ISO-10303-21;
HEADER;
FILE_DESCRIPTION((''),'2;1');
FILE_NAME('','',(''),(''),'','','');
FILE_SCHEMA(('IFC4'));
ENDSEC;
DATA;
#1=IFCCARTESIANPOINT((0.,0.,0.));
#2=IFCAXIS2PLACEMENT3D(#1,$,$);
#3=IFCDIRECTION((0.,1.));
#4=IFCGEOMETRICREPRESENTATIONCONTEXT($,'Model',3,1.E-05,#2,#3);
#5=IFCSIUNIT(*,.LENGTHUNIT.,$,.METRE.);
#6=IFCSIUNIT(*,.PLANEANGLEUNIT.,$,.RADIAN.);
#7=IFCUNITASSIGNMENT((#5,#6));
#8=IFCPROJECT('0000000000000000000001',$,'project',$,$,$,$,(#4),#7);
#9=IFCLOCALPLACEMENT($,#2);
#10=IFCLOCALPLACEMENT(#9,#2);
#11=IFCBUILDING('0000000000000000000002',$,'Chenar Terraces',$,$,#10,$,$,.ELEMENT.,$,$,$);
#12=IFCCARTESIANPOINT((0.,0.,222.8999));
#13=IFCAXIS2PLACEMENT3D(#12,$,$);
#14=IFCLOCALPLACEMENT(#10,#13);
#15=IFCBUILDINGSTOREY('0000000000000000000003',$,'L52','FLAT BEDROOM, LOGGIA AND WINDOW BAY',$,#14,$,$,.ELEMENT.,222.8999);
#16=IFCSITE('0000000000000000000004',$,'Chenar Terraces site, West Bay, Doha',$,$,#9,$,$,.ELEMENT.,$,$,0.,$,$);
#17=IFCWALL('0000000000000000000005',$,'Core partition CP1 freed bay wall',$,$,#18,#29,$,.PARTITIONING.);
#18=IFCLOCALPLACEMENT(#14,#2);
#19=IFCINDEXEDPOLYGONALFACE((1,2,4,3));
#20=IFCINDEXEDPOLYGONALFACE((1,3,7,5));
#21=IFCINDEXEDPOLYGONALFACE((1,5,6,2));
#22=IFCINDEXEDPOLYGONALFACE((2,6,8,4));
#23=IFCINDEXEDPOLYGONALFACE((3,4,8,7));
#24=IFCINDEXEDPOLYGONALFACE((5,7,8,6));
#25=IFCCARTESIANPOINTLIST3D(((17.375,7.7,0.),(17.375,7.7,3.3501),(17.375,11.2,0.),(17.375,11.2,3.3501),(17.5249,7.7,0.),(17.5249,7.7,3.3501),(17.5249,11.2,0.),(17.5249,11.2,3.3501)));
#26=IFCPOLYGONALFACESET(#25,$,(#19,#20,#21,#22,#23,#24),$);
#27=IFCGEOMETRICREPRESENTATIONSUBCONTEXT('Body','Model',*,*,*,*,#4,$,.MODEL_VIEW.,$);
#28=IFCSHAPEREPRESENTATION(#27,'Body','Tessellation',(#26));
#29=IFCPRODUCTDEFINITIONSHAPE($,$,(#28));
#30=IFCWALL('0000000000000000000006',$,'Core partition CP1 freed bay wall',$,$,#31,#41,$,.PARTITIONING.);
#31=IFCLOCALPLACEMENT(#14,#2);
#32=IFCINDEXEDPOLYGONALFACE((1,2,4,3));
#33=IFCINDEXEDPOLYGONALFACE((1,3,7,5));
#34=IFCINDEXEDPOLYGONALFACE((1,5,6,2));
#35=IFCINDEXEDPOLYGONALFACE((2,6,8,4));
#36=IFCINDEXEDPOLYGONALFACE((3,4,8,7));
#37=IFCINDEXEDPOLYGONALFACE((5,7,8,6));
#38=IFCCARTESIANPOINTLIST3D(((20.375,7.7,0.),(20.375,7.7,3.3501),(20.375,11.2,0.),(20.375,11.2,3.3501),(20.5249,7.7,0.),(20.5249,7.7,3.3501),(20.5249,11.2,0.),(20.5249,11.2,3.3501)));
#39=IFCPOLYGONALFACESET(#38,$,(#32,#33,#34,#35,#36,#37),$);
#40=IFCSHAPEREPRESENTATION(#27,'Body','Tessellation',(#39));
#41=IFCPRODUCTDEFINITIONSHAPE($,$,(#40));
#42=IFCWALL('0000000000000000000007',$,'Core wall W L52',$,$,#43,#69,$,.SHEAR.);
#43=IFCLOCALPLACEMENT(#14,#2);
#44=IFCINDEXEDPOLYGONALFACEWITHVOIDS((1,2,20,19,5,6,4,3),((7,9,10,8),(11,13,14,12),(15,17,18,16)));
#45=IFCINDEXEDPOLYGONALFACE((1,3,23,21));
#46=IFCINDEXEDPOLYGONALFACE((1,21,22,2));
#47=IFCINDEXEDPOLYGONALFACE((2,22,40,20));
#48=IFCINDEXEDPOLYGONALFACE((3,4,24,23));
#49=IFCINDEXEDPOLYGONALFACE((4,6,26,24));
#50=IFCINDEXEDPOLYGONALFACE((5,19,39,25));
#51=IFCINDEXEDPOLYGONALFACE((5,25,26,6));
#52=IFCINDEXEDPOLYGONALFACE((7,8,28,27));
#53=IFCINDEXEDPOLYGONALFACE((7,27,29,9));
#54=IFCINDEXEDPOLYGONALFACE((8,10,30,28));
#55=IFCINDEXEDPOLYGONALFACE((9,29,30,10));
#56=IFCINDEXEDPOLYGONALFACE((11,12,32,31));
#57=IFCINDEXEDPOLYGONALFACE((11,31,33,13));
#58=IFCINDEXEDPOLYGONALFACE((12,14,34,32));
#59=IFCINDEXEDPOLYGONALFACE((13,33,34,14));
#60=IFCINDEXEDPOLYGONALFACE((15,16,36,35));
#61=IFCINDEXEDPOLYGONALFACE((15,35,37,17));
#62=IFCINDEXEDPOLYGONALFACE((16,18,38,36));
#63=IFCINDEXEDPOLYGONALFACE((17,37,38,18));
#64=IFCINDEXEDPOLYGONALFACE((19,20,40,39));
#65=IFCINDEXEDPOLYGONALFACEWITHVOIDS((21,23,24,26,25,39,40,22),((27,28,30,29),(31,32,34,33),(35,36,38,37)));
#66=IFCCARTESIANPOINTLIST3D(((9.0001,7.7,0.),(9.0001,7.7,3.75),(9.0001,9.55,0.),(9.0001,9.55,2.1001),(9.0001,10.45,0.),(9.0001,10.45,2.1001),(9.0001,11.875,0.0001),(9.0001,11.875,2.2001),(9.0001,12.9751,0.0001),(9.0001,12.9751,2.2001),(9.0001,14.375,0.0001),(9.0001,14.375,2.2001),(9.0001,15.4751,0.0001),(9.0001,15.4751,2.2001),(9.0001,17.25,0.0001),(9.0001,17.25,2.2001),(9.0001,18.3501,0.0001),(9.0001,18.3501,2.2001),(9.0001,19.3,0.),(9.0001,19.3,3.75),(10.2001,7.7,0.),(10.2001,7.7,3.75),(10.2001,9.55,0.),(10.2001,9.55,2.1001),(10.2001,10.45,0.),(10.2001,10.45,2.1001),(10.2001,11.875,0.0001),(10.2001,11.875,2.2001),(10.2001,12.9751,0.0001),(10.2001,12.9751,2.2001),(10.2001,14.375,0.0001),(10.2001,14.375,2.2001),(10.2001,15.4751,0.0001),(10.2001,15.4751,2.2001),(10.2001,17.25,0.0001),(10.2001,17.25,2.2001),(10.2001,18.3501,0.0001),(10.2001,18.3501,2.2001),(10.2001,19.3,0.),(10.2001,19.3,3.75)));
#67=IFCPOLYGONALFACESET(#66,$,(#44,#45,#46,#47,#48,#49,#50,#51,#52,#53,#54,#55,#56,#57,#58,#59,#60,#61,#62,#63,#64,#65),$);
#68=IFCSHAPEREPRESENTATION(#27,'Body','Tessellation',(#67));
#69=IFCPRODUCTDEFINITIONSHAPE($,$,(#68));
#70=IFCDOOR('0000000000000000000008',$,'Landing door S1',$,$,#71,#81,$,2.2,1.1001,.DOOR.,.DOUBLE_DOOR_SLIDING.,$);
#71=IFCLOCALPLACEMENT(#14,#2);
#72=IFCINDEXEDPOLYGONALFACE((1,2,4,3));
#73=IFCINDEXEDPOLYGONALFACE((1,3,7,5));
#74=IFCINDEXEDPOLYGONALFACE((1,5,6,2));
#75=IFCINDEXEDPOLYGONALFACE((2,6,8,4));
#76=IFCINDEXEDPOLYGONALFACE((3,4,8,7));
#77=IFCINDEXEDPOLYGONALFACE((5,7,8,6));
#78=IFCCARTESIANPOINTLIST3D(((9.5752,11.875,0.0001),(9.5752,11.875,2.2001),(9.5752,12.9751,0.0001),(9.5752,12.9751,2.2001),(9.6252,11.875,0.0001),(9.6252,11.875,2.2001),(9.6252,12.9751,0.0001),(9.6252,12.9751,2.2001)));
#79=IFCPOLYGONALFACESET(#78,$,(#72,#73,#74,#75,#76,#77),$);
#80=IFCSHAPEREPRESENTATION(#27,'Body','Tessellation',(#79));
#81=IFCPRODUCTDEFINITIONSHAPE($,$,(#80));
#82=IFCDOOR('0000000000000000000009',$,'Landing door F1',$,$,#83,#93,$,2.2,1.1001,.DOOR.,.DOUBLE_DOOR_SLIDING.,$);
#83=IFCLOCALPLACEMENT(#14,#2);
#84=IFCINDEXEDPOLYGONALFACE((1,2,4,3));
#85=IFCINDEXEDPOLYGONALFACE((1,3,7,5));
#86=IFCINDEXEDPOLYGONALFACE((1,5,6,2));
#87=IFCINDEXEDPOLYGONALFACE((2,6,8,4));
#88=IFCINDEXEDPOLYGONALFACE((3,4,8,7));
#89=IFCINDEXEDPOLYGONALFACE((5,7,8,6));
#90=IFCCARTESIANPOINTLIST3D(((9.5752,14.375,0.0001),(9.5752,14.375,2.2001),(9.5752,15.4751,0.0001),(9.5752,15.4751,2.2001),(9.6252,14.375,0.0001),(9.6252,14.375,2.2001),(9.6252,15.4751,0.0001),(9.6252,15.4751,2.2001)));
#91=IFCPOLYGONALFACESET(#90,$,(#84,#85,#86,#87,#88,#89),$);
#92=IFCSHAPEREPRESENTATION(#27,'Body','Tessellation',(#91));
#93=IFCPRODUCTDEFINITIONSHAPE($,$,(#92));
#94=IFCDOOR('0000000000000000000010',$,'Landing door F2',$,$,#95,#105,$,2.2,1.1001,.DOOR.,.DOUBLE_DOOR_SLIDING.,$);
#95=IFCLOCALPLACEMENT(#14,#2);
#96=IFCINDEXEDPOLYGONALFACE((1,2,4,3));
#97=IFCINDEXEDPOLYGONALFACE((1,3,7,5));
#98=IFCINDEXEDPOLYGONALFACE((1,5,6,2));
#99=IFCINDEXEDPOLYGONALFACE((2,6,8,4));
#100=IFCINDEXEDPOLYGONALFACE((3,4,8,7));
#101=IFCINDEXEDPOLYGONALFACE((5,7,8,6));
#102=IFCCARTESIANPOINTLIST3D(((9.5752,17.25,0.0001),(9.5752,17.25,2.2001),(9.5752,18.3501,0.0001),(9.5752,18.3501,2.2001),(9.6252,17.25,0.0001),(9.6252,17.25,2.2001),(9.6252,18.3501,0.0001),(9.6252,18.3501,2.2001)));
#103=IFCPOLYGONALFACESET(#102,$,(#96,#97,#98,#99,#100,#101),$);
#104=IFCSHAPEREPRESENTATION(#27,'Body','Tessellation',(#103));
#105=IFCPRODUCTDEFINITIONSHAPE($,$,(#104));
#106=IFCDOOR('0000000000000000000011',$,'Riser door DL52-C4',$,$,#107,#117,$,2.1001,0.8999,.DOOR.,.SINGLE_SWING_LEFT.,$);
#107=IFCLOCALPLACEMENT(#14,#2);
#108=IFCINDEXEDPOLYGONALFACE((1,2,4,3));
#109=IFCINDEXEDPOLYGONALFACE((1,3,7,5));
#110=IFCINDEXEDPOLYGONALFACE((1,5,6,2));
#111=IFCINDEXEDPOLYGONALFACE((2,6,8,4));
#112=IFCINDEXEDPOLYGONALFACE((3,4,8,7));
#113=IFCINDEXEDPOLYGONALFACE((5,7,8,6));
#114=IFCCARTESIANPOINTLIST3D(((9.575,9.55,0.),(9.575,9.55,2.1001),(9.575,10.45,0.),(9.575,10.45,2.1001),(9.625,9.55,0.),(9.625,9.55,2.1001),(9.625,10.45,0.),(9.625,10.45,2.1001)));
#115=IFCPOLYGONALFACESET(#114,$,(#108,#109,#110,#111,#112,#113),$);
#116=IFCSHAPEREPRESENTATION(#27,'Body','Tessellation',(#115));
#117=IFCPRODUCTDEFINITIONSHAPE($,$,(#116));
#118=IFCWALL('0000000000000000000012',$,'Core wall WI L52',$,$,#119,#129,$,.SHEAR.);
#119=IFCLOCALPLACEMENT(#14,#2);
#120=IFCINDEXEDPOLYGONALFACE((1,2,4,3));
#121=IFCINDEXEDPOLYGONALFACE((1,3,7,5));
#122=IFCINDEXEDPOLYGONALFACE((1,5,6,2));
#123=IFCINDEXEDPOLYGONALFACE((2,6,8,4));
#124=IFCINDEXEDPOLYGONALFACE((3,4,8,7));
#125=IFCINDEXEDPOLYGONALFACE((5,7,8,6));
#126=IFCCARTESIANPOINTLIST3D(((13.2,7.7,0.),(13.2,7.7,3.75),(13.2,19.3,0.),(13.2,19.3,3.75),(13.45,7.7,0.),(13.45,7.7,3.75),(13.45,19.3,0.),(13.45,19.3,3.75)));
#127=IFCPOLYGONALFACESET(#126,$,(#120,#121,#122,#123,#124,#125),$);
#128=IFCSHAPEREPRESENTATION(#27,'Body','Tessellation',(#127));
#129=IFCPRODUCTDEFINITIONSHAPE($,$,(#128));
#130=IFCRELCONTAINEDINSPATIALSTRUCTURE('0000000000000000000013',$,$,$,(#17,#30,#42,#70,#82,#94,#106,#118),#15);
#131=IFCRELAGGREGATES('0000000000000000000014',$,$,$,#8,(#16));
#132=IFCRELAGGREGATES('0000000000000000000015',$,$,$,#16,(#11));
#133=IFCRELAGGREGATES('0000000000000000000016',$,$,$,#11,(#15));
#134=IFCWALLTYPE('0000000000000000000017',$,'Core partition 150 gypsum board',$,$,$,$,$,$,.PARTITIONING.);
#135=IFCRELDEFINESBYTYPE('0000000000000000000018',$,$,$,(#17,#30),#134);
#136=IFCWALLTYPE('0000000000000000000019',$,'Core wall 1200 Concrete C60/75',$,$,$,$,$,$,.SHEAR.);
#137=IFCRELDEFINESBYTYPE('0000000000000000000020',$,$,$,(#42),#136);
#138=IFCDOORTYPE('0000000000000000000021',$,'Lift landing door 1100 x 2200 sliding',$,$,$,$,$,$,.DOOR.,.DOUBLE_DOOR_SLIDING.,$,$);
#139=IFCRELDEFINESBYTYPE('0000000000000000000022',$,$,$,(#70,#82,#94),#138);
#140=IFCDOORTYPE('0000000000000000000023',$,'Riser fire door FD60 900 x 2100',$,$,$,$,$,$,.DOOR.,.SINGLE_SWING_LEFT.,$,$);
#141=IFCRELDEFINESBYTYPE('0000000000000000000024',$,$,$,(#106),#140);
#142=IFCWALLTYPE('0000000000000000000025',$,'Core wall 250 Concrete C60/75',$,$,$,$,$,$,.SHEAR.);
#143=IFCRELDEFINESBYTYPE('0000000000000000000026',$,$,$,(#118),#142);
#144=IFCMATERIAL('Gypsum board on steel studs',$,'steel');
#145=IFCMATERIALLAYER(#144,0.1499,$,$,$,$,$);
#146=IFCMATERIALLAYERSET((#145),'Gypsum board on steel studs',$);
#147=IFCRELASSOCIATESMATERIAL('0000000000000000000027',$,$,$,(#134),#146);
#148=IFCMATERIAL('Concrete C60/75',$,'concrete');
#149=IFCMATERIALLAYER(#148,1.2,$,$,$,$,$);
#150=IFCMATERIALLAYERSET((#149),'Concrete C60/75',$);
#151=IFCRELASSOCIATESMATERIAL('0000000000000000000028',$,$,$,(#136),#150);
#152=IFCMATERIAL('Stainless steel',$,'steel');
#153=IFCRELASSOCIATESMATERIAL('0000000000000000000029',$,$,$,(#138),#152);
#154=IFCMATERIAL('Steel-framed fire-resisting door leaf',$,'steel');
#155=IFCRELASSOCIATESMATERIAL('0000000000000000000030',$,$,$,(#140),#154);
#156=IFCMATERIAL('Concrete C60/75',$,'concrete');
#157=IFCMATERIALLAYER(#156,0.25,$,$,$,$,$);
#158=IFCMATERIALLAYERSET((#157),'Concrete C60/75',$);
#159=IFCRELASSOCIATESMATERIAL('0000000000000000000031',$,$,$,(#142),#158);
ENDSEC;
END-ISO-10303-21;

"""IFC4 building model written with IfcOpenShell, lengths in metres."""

from ifc_helpers import new_model, si_unit, direction, frame, frame_2d, origin, place, context, subcontext, project, spatial, rectangle, extrude, material, layer, layer_set, type_object, element, fill, save


model = new_model("IFC4")

# Units and contexts
model_context = context("Model", 3, precision=1e-05, world=origin(), true_north=direction((0.0, 1.0)))
body_context = subcontext(model_context, "Body", "Model", "MODEL_VIEW")
ifc_project = project(units=[si_unit("LENGTHUNIT", "METRE"), si_unit("PLANEANGLEUNIT", "RADIAN")], contexts=[model_context])

# Site, building, storey
site_placement = place(None, origin())
site = spatial("IfcSite", under=ifc_project, at=site_placement, Name="Chenar Terraces site, West Bay, Doha", CompositionType="ELEMENT", RefElevation=0.0)
building_placement = place(site_placement, origin())
building = spatial("IfcBuilding", under=site, at=building_placement, Name="Chenar Terraces", CompositionType="ELEMENT")
storey_placement = place(building_placement, frame((0.0, 0.0, 222.8999)))
storey = spatial("IfcBuildingStorey", under=building, at=storey_placement, Name="L52", Description="FLAT BEDROOM, LOGGIA AND WINDOW BAY", CompositionType="ELEMENT", Elevation=222.8999)

# Walls
ifc_material_1 = material(Name="Gypsum board on steel studs", Category="steel")
ifc_layer_1 = layer(ifc_material_1, 0.1499)
ifc_layer_set_1 = layer_set([ifc_layer_1], Name="Gypsum board on steel studs")
wall_type_1 = type_object("IfcWallType", Name="Core partition 150 gypsum board", PredefinedType="PARTITIONING", material=ifc_layer_set_1)
for number, where, z_axis, x_axis, name in (
    (1, (17.45, 7.7, 0.0), (0.0, 0.0, 1.0), (0.0, 1.0, 0.0), "Core partition CP1 freed bay wall"),
    (2, (20.45, 7.7, 0.0), (0.0, 0.0, 1.0), (0.0, 1.0, 0.0), "Core partition CP1 freed bay wall"),
):
    element("IfcWall", number, at=place(storey_placement, frame(where, z_axis=z_axis, x_axis=x_axis)), inside=storey, type_object=wall_type_1, Name=name, PredefinedType="PARTITIONING", context=body_context, shape_type="SweptSolid", body=[
        extrude(rectangle(XDim=3.5, YDim=0.1499, at=frame_2d((1.75, 0.0))), origin(), (0.0, 0.0, 1.0), 3.3501),
    ])

# Wall, openings, doors
ifc_material_2 = material(Name="Concrete C60/75", Category="concrete")
ifc_layer_2 = layer(ifc_material_2, 1.2)
ifc_layer_set_2 = layer_set([ifc_layer_2], Name="Concrete C60/75")
wall_type_2 = type_object("IfcWallType", Name="Core wall 1200 Concrete C60/75", PredefinedType="SHEAR", material=ifc_layer_set_2)
wall_1_placement = place(storey_placement, frame((9.6001, 7.7, 0.0), z_axis=(0.0, 0.0, 1.0), x_axis=(0.0, 1.0, 0.0)))
wall_1 = element("IfcWall", 3, at=wall_1_placement, inside=storey, type_object=wall_type_2, Name="Core wall W L52", PredefinedType="SHEAR", context=body_context, shape_type="SweptSolid", body=[
    extrude(rectangle(XDim=11.6001, YDim=1.2, at=frame_2d((5.8, 0.0))), origin(), (0.0, 0.0, 1.0), 3.75),
])
opening_1_placement = place(wall_1_placement, frame((4.175, 0.0, 0.0)))
opening_1 = element("IfcOpeningElement", 4, at=opening_1_placement, cuts=wall_1, PredefinedType="OPENING", context=body_context, shape_type="SweptSolid", body=[
    extrude(rectangle(XDim=1.1001, YDim=2.2, at=frame_2d((0.55, 1.1001))), frame((0.0, 0.6099, 0.0), z_axis=(0.0, -1.0, 0.0), x_axis=(1.0, 0.0, 0.0)), (0.0, 0.0, 1.0), 1.22),
])
opening_2_placement = place(wall_1_placement, frame((6.675, 0.0, 0.0)))
opening_2 = element("IfcOpeningElement", 5, at=opening_2_placement, cuts=wall_1, PredefinedType="OPENING", context=body_context, shape_type="SweptSolid", body=[
    extrude(rectangle(XDim=1.1001, YDim=2.2, at=frame_2d((0.55, 1.1001))), frame((0.0, 0.6099, 0.0), z_axis=(0.0, -1.0, 0.0), x_axis=(1.0, 0.0, 0.0)), (0.0, 0.0, 1.0), 1.22),
])
opening_3_placement = place(wall_1_placement, frame((9.55, 0.0, 0.0)))
opening_3 = element("IfcOpeningElement", 6, at=opening_3_placement, cuts=wall_1, PredefinedType="OPENING", context=body_context, shape_type="SweptSolid", body=[
    extrude(rectangle(XDim=1.1001, YDim=2.2, at=frame_2d((0.55, 1.1001))), frame((0.0, 0.6099, 0.0), z_axis=(0.0, -1.0, 0.0), x_axis=(1.0, 0.0, 0.0)), (0.0, 0.0, 1.0), 1.22),
])
opening_4_placement = place(wall_1_placement, frame((1.8501, 0.0, 0.0)))
opening_4 = element("IfcOpeningElement", 7, at=opening_4_placement, cuts=wall_1, PredefinedType="OPENING", context=body_context, shape_type="SweptSolid", body=[
    extrude(rectangle(XDim=0.8999, YDim=2.1001, at=frame_2d((0.45, 1.05))), frame((0.0, 0.6099, 0.0), z_axis=(0.0, -1.0, 0.0), x_axis=(1.0, 0.0, 0.0)), (0.0, 0.0, 1.0), 1.22),
])
ifc_material_3 = material(Name="Stainless steel", Category="steel")
door_type_1 = type_object("IfcDoorType", Name="Lift landing door 1100 x 2200 sliding", OperationType="DOUBLE_DOOR_SLIDING", PredefinedType="DOOR", material=ifc_material_3)
door_1_placement = place(opening_1_placement, origin())
door_1 = element("IfcDoor", 8, at=door_1_placement, inside=storey, type_object=door_type_1, Name="Landing door S1", OperationType="DOUBLE_DOOR_SLIDING", OverallHeight=2.2, OverallWidth=1.1001, PredefinedType="DOOR", context=body_context, shape_type="SweptSolid", body=[
    extrude(rectangle(XDim=1.1001, YDim=2.2, at=frame_2d((0.55, 1.1001))), frame((0.0, 0.0249, 0.0), z_axis=(0.0, -1.0, 0.0), x_axis=(1.0, 0.0, 0.0)), (0.0, 0.0, 1.0), 0.05),
])
fill(opening_1, door_1)
door_2_placement = place(opening_2_placement, origin())
door_2 = element("IfcDoor", 9, at=door_2_placement, inside=storey, type_object=door_type_1, Name="Landing door F1", OperationType="DOUBLE_DOOR_SLIDING", OverallHeight=2.2, OverallWidth=1.1001, PredefinedType="DOOR", context=body_context, shape_type="SweptSolid", body=[
    extrude(rectangle(XDim=1.1001, YDim=2.2, at=frame_2d((0.55, 1.1001))), frame((0.0, 0.0249, 0.0), z_axis=(0.0, -1.0, 0.0), x_axis=(1.0, 0.0, 0.0)), (0.0, 0.0, 1.0), 0.05),
])
fill(opening_2, door_2)
door_3_placement = place(opening_3_placement, origin())
door_3 = element("IfcDoor", 10, at=door_3_placement, inside=storey, type_object=door_type_1, Name="Landing door F2", OperationType="DOUBLE_DOOR_SLIDING", OverallHeight=2.2, OverallWidth=1.1001, PredefinedType="DOOR", context=body_context, shape_type="SweptSolid", body=[
    extrude(rectangle(XDim=1.1001, YDim=2.2, at=frame_2d((0.55, 1.1001))), frame((0.0, 0.0249, 0.0), z_axis=(0.0, -1.0, 0.0), x_axis=(1.0, 0.0, 0.0)), (0.0, 0.0, 1.0), 0.05),
])
fill(opening_3, door_3)
ifc_material_4 = material(Name="Steel-framed fire-resisting door leaf", Category="steel")
door_type_2 = type_object("IfcDoorType", Name="Riser fire door FD60 900 x 2100", OperationType="SINGLE_SWING_LEFT", PredefinedType="DOOR", material=ifc_material_4)
door_4_placement = place(opening_4_placement, frame((0.8999, 0.0, 0.0), z_axis=(0.0, 0.0, 1.0), x_axis=(-1.0, 0.0, 0.0)))
door_4 = element("IfcDoor", 11, at=door_4_placement, inside=storey, type_object=door_type_2, Name="Riser door DL52-C4", OperationType="SINGLE_SWING_LEFT", OverallHeight=2.1001, OverallWidth=0.8999, PredefinedType="DOOR", context=body_context, shape_type="SweptSolid", body=[
    extrude(rectangle(XDim=0.8999, YDim=2.1001, at=frame_2d((0.45, 1.05))), frame((0.0, 0.0249, 0.0), z_axis=(0.0, -1.0, 0.0), x_axis=(1.0, 0.0, 0.0)), (0.0, 0.0, 1.0), 0.05),
])
fill(opening_4, door_4)

# Wall
ifc_material_5 = material(Name="Concrete C60/75", Category="concrete")
ifc_layer_3 = layer(ifc_material_5, 0.25)
ifc_layer_set_3 = layer_set([ifc_layer_3], Name="Concrete C60/75")
wall_type_3 = type_object("IfcWallType", Name="Core wall 250 Concrete C60/75", PredefinedType="SHEAR", material=ifc_layer_set_3)
wall_2_placement = place(storey_placement, frame((13.325, 7.7, 0.0), z_axis=(0.0, 0.0, 1.0), x_axis=(0.0, 1.0, 0.0)))
element("IfcWall", 12, at=wall_2_placement, inside=storey, type_object=wall_type_3, Name="Core wall WI L52", PredefinedType="SHEAR", context=body_context, shape_type="SweptSolid", body=[
    extrude(rectangle(XDim=11.6001, YDim=0.25, at=frame_2d((5.8, 0.0))), origin(), (0.0, 0.0, 1.0), 3.75),
])

save(model, "model.ifc")
